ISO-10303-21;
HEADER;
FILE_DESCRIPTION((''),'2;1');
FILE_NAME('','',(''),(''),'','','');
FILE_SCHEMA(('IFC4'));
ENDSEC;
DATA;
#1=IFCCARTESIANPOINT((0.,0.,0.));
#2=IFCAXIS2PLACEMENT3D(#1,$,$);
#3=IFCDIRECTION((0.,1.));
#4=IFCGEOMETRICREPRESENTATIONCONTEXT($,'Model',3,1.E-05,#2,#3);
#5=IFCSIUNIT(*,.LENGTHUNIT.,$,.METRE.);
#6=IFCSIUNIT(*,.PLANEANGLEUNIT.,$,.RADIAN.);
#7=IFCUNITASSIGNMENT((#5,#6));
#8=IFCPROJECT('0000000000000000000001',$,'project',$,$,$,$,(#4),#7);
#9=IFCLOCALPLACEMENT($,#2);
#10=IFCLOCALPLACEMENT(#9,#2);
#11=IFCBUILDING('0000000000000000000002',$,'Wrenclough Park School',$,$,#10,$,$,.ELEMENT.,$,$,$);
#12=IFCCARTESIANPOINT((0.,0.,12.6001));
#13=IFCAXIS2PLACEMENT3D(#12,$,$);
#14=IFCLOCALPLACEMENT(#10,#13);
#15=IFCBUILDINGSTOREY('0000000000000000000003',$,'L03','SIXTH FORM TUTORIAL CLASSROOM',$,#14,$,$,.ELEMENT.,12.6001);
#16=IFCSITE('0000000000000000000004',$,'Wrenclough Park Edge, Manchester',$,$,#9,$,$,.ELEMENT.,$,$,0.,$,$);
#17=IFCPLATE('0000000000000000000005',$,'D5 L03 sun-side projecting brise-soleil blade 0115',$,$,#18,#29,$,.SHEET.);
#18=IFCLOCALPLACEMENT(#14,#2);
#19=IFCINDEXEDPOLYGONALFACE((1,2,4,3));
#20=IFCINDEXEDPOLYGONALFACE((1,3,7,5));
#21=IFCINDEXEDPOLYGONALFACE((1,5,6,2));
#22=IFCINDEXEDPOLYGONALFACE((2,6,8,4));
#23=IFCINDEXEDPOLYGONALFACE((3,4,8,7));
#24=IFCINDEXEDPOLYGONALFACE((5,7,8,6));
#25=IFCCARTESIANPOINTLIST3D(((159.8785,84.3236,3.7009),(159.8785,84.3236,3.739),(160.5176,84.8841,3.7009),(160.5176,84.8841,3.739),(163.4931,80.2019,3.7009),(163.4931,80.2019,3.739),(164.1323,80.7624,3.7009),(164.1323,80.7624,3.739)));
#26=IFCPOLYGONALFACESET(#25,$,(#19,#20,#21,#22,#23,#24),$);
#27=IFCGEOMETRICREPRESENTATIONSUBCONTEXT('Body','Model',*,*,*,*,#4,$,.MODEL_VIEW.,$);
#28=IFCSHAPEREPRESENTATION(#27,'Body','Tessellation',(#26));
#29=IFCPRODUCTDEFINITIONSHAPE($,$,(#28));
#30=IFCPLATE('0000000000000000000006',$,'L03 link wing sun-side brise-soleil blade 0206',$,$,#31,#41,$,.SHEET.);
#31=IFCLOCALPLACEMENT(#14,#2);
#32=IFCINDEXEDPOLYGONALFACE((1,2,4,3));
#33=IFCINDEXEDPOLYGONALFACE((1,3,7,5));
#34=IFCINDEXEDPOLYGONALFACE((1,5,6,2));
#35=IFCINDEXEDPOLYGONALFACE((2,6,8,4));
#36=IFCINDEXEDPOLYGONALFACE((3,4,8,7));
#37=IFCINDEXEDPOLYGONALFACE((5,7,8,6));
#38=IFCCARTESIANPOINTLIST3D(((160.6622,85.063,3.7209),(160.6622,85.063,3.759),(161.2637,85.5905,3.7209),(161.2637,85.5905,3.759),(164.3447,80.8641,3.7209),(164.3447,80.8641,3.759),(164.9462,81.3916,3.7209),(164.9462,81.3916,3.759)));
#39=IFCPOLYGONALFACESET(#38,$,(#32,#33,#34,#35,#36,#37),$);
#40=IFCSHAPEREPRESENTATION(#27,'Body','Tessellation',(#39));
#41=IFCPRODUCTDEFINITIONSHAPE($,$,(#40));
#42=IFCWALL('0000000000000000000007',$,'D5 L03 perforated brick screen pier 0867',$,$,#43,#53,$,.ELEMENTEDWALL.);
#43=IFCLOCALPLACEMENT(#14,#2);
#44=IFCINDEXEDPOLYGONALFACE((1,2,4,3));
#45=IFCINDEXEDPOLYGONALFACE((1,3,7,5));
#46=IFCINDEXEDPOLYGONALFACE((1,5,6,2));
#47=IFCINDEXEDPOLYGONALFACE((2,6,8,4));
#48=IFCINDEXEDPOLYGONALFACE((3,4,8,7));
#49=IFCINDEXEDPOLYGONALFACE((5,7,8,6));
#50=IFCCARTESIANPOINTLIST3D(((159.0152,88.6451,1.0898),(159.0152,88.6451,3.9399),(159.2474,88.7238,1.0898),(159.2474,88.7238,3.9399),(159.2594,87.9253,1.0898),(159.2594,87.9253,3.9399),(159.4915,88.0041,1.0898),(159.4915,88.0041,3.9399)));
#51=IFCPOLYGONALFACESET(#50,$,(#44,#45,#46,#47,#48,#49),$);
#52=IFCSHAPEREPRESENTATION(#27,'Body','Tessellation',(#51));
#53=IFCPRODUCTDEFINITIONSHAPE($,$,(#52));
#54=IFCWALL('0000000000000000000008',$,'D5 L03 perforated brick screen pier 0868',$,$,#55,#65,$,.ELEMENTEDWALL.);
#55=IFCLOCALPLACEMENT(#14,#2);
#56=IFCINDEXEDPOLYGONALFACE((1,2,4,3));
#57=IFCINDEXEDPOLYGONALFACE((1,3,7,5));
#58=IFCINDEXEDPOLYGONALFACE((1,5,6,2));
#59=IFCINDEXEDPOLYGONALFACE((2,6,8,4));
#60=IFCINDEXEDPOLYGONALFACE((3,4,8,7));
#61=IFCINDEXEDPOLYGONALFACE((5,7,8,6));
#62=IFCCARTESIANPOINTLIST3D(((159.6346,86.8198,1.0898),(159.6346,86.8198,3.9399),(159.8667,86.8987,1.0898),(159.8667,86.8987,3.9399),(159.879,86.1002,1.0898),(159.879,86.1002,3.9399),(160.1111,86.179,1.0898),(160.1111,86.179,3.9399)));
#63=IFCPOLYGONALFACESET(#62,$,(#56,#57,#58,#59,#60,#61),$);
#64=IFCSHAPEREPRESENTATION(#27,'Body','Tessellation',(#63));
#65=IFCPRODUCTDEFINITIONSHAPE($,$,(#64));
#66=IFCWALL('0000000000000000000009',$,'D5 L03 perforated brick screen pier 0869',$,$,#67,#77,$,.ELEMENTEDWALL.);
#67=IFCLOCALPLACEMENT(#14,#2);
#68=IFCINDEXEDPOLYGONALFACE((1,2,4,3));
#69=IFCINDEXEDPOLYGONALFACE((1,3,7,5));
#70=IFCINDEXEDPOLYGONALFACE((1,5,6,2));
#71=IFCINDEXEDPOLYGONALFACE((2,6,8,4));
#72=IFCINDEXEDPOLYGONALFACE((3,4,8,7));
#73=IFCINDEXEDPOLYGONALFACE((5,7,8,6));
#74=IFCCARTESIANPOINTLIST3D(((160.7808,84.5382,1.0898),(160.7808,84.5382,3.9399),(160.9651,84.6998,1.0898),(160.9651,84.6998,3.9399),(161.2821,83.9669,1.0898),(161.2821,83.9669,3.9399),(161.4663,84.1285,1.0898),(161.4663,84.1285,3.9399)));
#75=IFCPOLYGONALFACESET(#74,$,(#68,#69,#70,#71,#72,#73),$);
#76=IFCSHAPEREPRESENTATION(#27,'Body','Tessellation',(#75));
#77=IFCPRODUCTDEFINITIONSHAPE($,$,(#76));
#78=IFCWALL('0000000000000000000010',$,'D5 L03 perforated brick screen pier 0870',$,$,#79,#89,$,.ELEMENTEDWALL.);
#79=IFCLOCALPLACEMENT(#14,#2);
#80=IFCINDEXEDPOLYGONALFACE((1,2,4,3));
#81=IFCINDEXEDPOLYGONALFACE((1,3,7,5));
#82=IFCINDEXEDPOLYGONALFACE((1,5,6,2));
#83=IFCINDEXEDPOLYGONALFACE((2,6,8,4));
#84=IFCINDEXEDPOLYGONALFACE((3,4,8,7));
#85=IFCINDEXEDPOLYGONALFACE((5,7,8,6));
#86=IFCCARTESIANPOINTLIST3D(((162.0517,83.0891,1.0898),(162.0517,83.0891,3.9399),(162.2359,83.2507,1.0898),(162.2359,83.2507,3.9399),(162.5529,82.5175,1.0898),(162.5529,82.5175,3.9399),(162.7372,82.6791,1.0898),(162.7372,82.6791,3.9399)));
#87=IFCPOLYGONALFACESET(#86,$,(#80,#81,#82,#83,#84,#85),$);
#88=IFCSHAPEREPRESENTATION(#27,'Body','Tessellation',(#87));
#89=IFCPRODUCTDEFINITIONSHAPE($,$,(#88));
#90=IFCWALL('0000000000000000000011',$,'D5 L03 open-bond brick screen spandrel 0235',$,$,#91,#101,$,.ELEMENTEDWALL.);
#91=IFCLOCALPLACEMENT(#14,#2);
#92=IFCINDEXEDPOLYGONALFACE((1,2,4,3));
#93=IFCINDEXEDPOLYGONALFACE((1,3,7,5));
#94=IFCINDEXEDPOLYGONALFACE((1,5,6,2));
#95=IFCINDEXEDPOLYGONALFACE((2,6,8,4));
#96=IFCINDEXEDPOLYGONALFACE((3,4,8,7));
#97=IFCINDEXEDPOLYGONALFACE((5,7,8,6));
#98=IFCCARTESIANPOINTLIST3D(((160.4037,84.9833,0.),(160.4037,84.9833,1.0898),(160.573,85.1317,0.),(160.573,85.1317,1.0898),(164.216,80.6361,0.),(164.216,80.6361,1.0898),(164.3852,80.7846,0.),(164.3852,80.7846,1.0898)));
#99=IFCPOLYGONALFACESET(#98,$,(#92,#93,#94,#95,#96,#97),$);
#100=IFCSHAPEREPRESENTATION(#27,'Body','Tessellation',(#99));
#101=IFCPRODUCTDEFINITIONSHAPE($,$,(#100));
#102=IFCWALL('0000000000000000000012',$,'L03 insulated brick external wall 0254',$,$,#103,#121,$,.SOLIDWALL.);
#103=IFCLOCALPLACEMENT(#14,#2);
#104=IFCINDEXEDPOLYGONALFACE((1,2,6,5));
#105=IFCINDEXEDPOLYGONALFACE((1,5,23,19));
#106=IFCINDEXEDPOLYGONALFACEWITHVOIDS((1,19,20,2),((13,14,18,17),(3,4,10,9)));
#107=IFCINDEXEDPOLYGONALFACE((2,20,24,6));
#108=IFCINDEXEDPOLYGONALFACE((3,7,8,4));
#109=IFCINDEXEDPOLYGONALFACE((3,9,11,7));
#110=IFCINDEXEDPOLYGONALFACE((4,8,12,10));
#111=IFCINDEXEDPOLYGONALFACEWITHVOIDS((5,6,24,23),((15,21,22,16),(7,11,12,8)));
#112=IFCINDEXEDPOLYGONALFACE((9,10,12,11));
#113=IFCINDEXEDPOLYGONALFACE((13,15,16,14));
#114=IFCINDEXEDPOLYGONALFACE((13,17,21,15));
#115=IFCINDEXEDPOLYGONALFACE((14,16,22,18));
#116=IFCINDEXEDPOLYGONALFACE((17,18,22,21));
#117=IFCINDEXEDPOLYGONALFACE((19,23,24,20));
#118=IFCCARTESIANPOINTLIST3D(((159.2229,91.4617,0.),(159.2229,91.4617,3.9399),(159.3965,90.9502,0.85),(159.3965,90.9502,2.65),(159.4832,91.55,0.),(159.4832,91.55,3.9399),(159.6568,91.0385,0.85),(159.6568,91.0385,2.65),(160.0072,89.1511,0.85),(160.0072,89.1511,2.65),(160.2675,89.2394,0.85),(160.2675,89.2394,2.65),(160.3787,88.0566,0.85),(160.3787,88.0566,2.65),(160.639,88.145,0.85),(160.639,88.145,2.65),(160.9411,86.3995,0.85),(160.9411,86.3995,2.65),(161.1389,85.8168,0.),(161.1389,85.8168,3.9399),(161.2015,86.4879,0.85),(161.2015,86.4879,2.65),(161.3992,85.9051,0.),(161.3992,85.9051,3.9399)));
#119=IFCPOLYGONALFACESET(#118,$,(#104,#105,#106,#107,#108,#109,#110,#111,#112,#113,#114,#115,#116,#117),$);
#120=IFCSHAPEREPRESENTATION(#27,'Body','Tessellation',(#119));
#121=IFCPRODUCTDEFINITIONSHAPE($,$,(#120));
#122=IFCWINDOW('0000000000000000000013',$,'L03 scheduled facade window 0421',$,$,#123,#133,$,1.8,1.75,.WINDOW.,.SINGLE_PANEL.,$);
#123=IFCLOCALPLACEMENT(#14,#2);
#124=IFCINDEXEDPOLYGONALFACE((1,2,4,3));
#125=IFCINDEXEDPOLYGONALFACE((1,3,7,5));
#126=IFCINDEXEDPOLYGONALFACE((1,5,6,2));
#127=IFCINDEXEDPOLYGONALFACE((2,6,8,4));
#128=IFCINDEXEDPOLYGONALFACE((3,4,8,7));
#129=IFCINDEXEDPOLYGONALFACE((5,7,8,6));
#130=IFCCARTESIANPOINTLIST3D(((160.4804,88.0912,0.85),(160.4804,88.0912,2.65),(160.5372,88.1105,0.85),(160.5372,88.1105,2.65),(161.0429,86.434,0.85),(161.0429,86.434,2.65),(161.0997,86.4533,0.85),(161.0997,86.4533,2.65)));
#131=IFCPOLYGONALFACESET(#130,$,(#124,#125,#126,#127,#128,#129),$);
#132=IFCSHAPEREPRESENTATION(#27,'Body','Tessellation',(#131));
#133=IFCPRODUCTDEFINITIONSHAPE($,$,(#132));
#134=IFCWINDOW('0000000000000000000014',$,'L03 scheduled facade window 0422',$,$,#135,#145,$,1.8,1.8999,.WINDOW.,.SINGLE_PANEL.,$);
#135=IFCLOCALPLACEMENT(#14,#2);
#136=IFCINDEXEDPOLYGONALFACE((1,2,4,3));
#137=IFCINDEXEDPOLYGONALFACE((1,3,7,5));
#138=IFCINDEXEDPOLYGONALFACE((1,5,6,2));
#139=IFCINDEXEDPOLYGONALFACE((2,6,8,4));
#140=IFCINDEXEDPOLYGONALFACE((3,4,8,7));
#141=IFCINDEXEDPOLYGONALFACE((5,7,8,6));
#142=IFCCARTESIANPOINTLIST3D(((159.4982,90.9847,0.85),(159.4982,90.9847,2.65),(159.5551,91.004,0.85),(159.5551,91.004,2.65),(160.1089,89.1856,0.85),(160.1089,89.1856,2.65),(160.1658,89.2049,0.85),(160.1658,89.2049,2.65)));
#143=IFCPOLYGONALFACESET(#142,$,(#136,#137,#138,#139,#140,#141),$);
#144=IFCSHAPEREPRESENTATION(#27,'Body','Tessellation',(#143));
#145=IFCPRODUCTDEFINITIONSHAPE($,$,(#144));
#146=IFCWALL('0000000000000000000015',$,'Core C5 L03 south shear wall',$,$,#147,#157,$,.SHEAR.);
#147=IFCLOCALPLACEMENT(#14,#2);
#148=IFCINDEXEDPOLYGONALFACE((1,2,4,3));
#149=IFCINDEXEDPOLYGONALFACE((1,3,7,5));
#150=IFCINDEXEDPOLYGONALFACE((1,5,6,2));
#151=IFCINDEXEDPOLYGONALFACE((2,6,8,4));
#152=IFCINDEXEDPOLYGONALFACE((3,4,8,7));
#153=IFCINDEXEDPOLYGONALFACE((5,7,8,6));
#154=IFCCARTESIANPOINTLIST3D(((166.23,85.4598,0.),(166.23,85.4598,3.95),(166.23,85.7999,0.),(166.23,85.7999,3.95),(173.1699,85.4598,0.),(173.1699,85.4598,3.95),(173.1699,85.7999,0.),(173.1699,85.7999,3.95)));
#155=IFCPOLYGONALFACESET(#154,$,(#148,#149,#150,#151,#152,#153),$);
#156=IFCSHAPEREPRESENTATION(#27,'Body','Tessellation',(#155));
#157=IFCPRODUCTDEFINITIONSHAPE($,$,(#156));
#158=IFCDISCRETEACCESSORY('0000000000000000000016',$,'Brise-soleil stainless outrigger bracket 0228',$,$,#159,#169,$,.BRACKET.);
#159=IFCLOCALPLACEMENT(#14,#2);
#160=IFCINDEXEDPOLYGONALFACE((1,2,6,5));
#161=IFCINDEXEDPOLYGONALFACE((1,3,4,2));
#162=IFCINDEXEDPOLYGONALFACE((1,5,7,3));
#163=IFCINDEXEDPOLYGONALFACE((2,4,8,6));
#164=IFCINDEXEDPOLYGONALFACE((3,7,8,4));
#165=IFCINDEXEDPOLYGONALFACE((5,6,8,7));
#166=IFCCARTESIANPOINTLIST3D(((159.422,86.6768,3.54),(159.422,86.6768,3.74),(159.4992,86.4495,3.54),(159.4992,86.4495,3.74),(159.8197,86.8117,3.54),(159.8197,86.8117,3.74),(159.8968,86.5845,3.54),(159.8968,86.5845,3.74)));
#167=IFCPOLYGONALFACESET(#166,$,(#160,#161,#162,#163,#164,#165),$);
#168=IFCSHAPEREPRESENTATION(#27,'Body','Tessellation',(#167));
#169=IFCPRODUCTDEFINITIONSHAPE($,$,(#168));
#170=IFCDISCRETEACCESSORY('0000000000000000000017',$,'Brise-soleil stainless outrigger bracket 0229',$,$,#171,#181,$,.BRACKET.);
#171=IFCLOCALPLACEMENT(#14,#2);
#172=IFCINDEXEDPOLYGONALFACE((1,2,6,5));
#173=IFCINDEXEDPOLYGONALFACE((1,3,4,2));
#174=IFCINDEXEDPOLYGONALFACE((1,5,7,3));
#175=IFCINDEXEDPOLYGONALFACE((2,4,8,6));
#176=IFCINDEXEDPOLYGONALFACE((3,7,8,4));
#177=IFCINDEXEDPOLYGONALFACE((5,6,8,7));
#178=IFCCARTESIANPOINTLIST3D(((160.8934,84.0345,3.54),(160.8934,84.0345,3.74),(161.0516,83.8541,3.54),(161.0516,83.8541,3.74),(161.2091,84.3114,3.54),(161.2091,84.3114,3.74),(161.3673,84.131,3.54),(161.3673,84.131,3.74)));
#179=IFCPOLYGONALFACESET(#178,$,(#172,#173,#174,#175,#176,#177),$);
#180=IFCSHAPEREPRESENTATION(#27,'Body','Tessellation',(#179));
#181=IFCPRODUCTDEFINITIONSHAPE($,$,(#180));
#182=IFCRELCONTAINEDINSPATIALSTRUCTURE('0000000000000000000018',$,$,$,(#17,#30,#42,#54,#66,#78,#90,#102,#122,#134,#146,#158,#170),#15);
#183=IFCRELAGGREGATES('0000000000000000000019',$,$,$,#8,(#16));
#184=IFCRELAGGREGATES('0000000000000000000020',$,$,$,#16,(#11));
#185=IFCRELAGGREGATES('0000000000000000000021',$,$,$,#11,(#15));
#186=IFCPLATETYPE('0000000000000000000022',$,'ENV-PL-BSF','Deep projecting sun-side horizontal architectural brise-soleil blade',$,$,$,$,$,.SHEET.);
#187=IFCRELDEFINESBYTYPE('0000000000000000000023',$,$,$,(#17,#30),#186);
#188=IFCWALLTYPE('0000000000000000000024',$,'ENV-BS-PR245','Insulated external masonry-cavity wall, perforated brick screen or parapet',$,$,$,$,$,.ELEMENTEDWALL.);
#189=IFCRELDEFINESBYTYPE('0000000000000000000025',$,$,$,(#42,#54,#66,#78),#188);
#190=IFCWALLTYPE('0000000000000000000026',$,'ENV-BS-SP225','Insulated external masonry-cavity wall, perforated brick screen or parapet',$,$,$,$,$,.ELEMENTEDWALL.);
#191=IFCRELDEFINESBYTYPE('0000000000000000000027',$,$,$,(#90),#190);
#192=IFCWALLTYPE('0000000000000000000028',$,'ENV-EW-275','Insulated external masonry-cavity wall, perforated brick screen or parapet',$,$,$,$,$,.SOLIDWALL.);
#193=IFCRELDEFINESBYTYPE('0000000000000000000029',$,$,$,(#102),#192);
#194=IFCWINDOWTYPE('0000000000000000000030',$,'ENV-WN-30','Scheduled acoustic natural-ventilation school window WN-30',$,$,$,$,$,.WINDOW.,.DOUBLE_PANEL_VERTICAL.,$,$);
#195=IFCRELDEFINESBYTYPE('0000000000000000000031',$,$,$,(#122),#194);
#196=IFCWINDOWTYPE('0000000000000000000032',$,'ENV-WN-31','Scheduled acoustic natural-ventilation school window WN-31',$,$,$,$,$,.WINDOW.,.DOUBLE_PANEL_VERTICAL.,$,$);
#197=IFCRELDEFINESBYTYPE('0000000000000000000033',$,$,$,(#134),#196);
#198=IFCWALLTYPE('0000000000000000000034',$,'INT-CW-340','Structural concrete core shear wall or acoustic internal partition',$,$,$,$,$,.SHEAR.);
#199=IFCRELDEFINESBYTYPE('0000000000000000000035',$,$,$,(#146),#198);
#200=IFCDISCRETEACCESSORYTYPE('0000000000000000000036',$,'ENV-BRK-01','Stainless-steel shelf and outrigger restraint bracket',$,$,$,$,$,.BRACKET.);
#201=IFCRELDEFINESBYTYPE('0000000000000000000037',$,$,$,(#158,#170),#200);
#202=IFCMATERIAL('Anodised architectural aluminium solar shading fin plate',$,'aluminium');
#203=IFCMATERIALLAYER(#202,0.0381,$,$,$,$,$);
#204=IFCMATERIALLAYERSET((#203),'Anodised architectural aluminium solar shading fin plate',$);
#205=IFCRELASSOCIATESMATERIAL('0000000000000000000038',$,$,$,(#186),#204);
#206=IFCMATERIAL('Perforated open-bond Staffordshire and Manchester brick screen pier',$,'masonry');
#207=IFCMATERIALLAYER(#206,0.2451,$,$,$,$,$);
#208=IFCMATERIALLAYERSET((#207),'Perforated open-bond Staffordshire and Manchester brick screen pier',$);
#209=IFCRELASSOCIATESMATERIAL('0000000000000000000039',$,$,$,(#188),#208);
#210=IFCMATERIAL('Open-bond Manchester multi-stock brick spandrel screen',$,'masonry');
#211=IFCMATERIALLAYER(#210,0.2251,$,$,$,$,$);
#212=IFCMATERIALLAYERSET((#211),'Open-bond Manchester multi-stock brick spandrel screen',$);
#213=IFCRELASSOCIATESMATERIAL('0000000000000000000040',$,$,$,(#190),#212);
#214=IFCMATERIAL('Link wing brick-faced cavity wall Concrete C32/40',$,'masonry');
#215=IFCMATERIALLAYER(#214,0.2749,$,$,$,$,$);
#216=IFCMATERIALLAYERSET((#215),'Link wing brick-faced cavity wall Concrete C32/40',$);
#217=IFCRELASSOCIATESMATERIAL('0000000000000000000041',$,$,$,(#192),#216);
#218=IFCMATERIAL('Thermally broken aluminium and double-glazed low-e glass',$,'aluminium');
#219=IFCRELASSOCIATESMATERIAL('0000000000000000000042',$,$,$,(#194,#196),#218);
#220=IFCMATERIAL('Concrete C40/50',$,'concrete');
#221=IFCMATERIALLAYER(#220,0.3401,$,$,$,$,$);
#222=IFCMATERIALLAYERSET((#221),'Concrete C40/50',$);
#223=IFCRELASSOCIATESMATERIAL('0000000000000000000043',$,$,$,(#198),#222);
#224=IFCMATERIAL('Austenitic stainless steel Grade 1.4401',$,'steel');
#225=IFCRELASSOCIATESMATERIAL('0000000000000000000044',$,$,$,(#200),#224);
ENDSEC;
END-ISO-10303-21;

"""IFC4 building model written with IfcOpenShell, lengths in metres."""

from ifc_helpers import new_model, si_unit, direction, frame, frame_2d, origin, origin_2d, place, context, subcontext, project, spatial, rectangle, extrude, material, layer, layer_set, type_object, element, fill, save


model = new_model("IFC4")

# Units and contexts
model_context = context("Model", 3, precision=1e-05, world=origin(), true_north=direction((0.0, 1.0)))
body_context = subcontext(model_context, "Body", "Model", "MODEL_VIEW")
ifc_project = project(units=[si_unit("LENGTHUNIT", "METRE"), si_unit("PLANEANGLEUNIT", "RADIAN")], contexts=[model_context])

# Site, building, storey
site_placement = place(None, origin())
site = spatial("IfcSite", under=ifc_project, at=site_placement, Name="Wrenclough Park Edge, Manchester", CompositionType="ELEMENT", RefElevation=0.0)
building_placement = place(site_placement, origin())
building = spatial("IfcBuilding", under=site, at=building_placement, Name="Wrenclough Park School", CompositionType="ELEMENT")
storey_placement = place(building_placement, frame((0.0, 0.0, 12.6001)))
storey = spatial("IfcBuildingStorey", under=building, at=storey_placement, Name="L03", Description="SIXTH FORM TUTORIAL CLASSROOM", CompositionType="ELEMENT", Elevation=12.6001)

# Shared definitions
ifc_material_1 = material(Name="Concrete C40/50", Category="concrete")

# Plates
ifc_material_2 = material(Name="Anodised architectural aluminium solar shading fin plate", Category="aluminium")
ifc_layer_1 = layer(ifc_material_2, 0.0381)
ifc_layer_set_1 = layer_set([ifc_layer_1], Name="Anodised architectural aluminium solar shading fin plate")
plate_type = type_object("IfcPlateType", Name="ENV-PL-BSF", Description="Deep projecting sun-side horizontal architectural brise-soleil blade", PredefinedType="SHEET", material=ifc_layer_set_1)
plate_1_placement = place(storey_placement, frame((162.0054, 82.543, 3.7009), z_axis=(0.0, 0.0, 1.0), x_axis=(0.659347, -0.751839, 0.0)))
element("IfcPlate", 1, at=plate_1_placement, inside=storey, type_object=plate_type, Name="D5 L03 sun-side projecting brise-soleil blade 0115", PredefinedType="SHEET", context=body_context, shape_type="SweptSolid", body=[
    extrude(rectangle(XDim=5.4822, YDim=0.8501, at=origin_2d()), origin(), (0.0, 0.0, 1.0), 0.0381),
])
plate_2_placement = place(storey_placement, frame((162.8042, 83.2273, 3.7209), z_axis=(0.0, 0.0, 1.0), x_axis=(-0.659361, 0.751827, 0.0)))
element("IfcPlate", 2, at=plate_2_placement, inside=storey, type_object=plate_type, Name="L03 link wing sun-side brise-soleil blade 0206", PredefinedType="SHEET", context=body_context, shape_type="SweptSolid", body=[
    extrude(rectangle(XDim=5.585, YDim=0.8, at=origin_2d()), origin(), (0.0, 0.0, 1.0), 0.0381),
])

# Walls
ifc_material_3 = material(Name="Perforated open-bond Staffordshire and Manchester brick screen pier", Category="masonry")
ifc_layer_2 = layer(ifc_material_3, 0.2451)
ifc_layer_set_2 = layer_set([ifc_layer_2], Name="Perforated open-bond Staffordshire and Manchester brick screen pier")
wall_type_1 = type_object("IfcWallType", Name="ENV-BS-PR245", Description="Insulated external masonry-cavity wall, perforated brick screen or parapet", PredefinedType="ELEMENTEDWALL", material=ifc_layer_set_2)
for number, where, z_axis, x_axis, name in (
    (3, (159.1313, 88.6843, 1.0898), (0.0, 0.0, 1.0), (0.321235, -0.947, 0.0), "D5 L03 perforated brick screen pier 0867"),
    (4, (159.7507, 86.8591, 1.0898), (0.0, 0.0, 1.0), (0.321523, -0.946902, 0.0), "D5 L03 perforated brick screen pier 0868"),
    (5, (160.873, 84.6189, 1.0898), (0.0, 0.0, 1.0), (0.659505, -0.7517, 0.0), "D5 L03 perforated brick screen pier 0869"),
):
    element("IfcWall", number, at=place(storey_placement, frame(where, z_axis=z_axis, x_axis=x_axis)), inside=storey, type_object=wall_type_1, Name=name, PredefinedType="ELEMENTEDWALL", context=body_context, shape_type="SweptSolid", body=[
        extrude(rectangle(XDim=0.76, YDim=0.2451, at=frame_2d((0.3799, 0.0))), origin(), (0.0, 0.0, 1.0), 2.8501),
    ])
wall_1_placement = place(storey_placement, frame((162.1438, 83.1699, 1.0898), z_axis=(0.0, 0.0, 1.0), x_axis=(0.659345, -0.75184, 0.0)))
element("IfcWall", 6, at=wall_1_placement, inside=storey, type_object=wall_type_1, Name="D5 L03 perforated brick screen pier 0870", PredefinedType="ELEMENTEDWALL", context=body_context, shape_type="SweptSolid", body=[
    extrude(rectangle(XDim=0.7603, YDim=0.2451, at=frame_2d((0.3801, 0.0))), origin(), (0.0, 0.0, 1.0), 2.8501),
])
ifc_material_4 = material(Name="Open-bond Manchester multi-stock brick spandrel screen", Category="masonry")
ifc_layer_3 = layer(ifc_material_4, 0.2251)
ifc_layer_set_3 = layer_set([ifc_layer_3], Name="Open-bond Manchester multi-stock brick spandrel screen")
wall_type_2 = type_object("IfcWallType", Name="ENV-BS-SP225", Description="Insulated external masonry-cavity wall, perforated brick screen or parapet", PredefinedType="ELEMENTEDWALL", material=ifc_layer_set_3)
wall_2_placement = place(storey_placement, frame((160.4883, 85.0576, 0.0), z_axis=(0.0, 0.0, 1.0), x_axis=(0.659335, -0.751849, 0.0)))
element("IfcWall", 7, at=wall_2_placement, inside=storey, type_object=wall_type_2, Name="D5 L03 open-bond brick screen spandrel 0235", PredefinedType="ELEMENTEDWALL", context=body_context, shape_type="SweptSolid", body=[
    extrude(rectangle(XDim=5.782, YDim=0.2251, at=frame_2d((2.8911, 0.0))), origin(), (0.0, 0.0, 1.0), 1.0898),
])

# Wall, openings, windows
ifc_material_5 = material(Name="Link wing brick-faced cavity wall Concrete C32/40", Category="masonry")
ifc_layer_4 = layer(ifc_material_5, 0.2749)
ifc_layer_set_4 = layer_set([ifc_layer_4], Name="Link wing brick-faced cavity wall Concrete C32/40")
wall_type_3 = type_object("IfcWallType", Name="ENV-EW-275", Description="Insulated external masonry-cavity wall, perforated brick screen or parapet", PredefinedType="SOLIDWALL", material=ifc_layer_set_4)
wall_3_placement = place(storey_placement, frame((161.269, 85.8611, 0.0), z_axis=(0.0, 0.0, 1.0), x_axis=(-0.32142, 0.946937, 0.0)))
wall_3 = element("IfcWall", 8, at=wall_3_placement, inside=storey, type_object=wall_type_3, Name="L03 insulated brick external wall 0254", PredefinedType="SOLIDWALL", context=body_context, shape_type="SweptSolid", body=[
    extrude(rectangle(XDim=5.9612, YDim=0.2749, at=frame_2d((2.9805, 0.0))), origin(), (0.0, 0.0, 1.0), 3.9399),
])
opening_1_placement = place(wall_3_placement, frame((0.6152, 0.0, 0.8501)))
opening_1 = element("IfcOpeningElement", 9, at=opening_1_placement, cuts=wall_3, PredefinedType="OPENING", context=body_context, shape_type="SweptSolid", body=[
    extrude(rectangle(XDim=1.75, YDim=1.8, at=frame_2d((0.875, 0.8999))), frame((0.0, 0.1475, 0.0), z_axis=(0.0, -1.0, 0.0), x_axis=(1.0, 0.0, 0.0)), (0.0, 0.0, 1.0), 0.2949),
])
opening_2_placement = place(wall_3_placement, frame((3.521, 0.0, 0.8501)))
opening_2 = element("IfcOpeningElement", 10, at=opening_2_placement, cuts=wall_3, PredefinedType="OPENING", context=body_context, shape_type="SweptSolid", body=[
    extrude(rectangle(XDim=1.8999, YDim=1.8, at=frame_2d((0.95, 0.8999))), frame((0.0, 0.1475, 0.0), z_axis=(0.0, -1.0, 0.0), x_axis=(1.0, 0.0, 0.0)), (0.0, 0.0, 1.0), 0.2949),
])
ifc_material_6 = material(Name="Thermally broken aluminium and double-glazed low-e glass", Category="aluminium")
window_type_1 = type_object("IfcWindowType", Name="ENV-WN-30", Description="Scheduled acoustic natural-ventilation school window WN-30", PartitioningType="DOUBLE_PANEL_VERTICAL", PredefinedType="WINDOW", material=ifc_material_6)
window_1_placement = place(opening_1_placement, origin())
window_1 = element("IfcWindow", 11, at=window_1_placement, inside=storey, type_object=window_type_1, Name="L03 scheduled facade window 0421", OverallHeight=1.8, OverallWidth=1.75, PartitioningType="SINGLE_PANEL", PredefinedType="WINDOW", context=body_context, shape_type="SweptSolid", body=[
    extrude(rectangle(XDim=1.75, YDim=1.8, at=frame_2d((0.875, 0.8999))), frame((0.0, 0.03, 0.0), z_axis=(0.0, -1.0, 0.0), x_axis=(1.0, 0.0, 0.0)), (0.0, 0.0, 1.0), 0.0601),
])
fill(opening_1, window_1)
window_type_2 = type_object("IfcWindowType", Name="ENV-WN-31", Description="Scheduled acoustic natural-ventilation school window WN-31", PartitioningType="DOUBLE_PANEL_VERTICAL", PredefinedType="WINDOW", material=ifc_material_6)
window_2_placement = place(opening_2_placement, origin())
window_2 = element("IfcWindow", 12, at=window_2_placement, inside=storey, type_object=window_type_2, Name="L03 scheduled facade window 0422", OverallHeight=1.8, OverallWidth=1.8999, PartitioningType="SINGLE_PANEL", PredefinedType="WINDOW", context=body_context, shape_type="SweptSolid", body=[
    extrude(rectangle(XDim=1.8999, YDim=1.8, at=frame_2d((0.95, 0.8999))), frame((0.0, 0.03, 0.0), z_axis=(0.0, -1.0, 0.0), x_axis=(1.0, 0.0, 0.0)), (0.0, 0.0, 1.0), 0.0601),
])
fill(opening_2, window_2)

# Wall
ifc_layer_5 = layer(ifc_material_1, 0.3401)
ifc_layer_set_5 = layer_set([ifc_layer_5], Name="Concrete C40/50")
wall_type_4 = type_object("IfcWallType", Name="INT-CW-340", Description="Structural concrete core shear wall or acoustic internal partition", PredefinedType="SHEAR", material=ifc_layer_set_5)
wall_4_placement = place(storey_placement, frame((166.23, 85.6299, 0.0), z_axis=(0.0, 0.0, 1.0), x_axis=(1.0, 0.0, 0.0)))
element("IfcWall", 13, at=wall_4_placement, inside=storey, type_object=wall_type_4, Name="Core C5 L03 south shear wall", PredefinedType="SHEAR", context=body_context, shape_type="SweptSolid", body=[
    extrude(rectangle(XDim=6.9399, YDim=0.3401, at=frame_2d((3.47, 0.0))), origin(), (0.0, 0.0, 1.0), 3.95),
])

# Discrete accessories
ifc_material_7 = material(Name="Austenitic stainless steel Grade 1.4401", Category="steel")
discrete_accessory_type_1 = type_object("IfcDiscreteAccessoryType", Name="ENV-BRK-01", Description="Stainless-steel shelf and outrigger restraint bracket", PredefinedType="BRACKET", material=ifc_material_7)
for number, where, z_axis, x_axis, name in (
    (14, (159.6594, 86.6306, 3.54), (0.0, 0.0, 1.0), (0.321427, -0.946934, 0.0), "Brise-soleil stainless outrigger bracket 0228"),
    (15, (161.1304, 84.0828, 3.54), (0.0, 0.0, 1.0), (0.659347, -0.751839, 0.0), "Brise-soleil stainless outrigger bracket 0229"),
):
    element("IfcDiscreteAccessory", number, at=place(storey_placement, frame(where, z_axis=z_axis, x_axis=x_axis)), inside=storey, type_object=discrete_accessory_type_1, Name=name, PredefinedType="BRACKET", context=body_context, shape_type="SweptSolid", body=[
        extrude(rectangle(XDim=0.24, YDim=0.4199, at=origin_2d()), origin(), (0.0, 0.0, 1.0), 0.2),
    ])

save(model, "model.ifc")
